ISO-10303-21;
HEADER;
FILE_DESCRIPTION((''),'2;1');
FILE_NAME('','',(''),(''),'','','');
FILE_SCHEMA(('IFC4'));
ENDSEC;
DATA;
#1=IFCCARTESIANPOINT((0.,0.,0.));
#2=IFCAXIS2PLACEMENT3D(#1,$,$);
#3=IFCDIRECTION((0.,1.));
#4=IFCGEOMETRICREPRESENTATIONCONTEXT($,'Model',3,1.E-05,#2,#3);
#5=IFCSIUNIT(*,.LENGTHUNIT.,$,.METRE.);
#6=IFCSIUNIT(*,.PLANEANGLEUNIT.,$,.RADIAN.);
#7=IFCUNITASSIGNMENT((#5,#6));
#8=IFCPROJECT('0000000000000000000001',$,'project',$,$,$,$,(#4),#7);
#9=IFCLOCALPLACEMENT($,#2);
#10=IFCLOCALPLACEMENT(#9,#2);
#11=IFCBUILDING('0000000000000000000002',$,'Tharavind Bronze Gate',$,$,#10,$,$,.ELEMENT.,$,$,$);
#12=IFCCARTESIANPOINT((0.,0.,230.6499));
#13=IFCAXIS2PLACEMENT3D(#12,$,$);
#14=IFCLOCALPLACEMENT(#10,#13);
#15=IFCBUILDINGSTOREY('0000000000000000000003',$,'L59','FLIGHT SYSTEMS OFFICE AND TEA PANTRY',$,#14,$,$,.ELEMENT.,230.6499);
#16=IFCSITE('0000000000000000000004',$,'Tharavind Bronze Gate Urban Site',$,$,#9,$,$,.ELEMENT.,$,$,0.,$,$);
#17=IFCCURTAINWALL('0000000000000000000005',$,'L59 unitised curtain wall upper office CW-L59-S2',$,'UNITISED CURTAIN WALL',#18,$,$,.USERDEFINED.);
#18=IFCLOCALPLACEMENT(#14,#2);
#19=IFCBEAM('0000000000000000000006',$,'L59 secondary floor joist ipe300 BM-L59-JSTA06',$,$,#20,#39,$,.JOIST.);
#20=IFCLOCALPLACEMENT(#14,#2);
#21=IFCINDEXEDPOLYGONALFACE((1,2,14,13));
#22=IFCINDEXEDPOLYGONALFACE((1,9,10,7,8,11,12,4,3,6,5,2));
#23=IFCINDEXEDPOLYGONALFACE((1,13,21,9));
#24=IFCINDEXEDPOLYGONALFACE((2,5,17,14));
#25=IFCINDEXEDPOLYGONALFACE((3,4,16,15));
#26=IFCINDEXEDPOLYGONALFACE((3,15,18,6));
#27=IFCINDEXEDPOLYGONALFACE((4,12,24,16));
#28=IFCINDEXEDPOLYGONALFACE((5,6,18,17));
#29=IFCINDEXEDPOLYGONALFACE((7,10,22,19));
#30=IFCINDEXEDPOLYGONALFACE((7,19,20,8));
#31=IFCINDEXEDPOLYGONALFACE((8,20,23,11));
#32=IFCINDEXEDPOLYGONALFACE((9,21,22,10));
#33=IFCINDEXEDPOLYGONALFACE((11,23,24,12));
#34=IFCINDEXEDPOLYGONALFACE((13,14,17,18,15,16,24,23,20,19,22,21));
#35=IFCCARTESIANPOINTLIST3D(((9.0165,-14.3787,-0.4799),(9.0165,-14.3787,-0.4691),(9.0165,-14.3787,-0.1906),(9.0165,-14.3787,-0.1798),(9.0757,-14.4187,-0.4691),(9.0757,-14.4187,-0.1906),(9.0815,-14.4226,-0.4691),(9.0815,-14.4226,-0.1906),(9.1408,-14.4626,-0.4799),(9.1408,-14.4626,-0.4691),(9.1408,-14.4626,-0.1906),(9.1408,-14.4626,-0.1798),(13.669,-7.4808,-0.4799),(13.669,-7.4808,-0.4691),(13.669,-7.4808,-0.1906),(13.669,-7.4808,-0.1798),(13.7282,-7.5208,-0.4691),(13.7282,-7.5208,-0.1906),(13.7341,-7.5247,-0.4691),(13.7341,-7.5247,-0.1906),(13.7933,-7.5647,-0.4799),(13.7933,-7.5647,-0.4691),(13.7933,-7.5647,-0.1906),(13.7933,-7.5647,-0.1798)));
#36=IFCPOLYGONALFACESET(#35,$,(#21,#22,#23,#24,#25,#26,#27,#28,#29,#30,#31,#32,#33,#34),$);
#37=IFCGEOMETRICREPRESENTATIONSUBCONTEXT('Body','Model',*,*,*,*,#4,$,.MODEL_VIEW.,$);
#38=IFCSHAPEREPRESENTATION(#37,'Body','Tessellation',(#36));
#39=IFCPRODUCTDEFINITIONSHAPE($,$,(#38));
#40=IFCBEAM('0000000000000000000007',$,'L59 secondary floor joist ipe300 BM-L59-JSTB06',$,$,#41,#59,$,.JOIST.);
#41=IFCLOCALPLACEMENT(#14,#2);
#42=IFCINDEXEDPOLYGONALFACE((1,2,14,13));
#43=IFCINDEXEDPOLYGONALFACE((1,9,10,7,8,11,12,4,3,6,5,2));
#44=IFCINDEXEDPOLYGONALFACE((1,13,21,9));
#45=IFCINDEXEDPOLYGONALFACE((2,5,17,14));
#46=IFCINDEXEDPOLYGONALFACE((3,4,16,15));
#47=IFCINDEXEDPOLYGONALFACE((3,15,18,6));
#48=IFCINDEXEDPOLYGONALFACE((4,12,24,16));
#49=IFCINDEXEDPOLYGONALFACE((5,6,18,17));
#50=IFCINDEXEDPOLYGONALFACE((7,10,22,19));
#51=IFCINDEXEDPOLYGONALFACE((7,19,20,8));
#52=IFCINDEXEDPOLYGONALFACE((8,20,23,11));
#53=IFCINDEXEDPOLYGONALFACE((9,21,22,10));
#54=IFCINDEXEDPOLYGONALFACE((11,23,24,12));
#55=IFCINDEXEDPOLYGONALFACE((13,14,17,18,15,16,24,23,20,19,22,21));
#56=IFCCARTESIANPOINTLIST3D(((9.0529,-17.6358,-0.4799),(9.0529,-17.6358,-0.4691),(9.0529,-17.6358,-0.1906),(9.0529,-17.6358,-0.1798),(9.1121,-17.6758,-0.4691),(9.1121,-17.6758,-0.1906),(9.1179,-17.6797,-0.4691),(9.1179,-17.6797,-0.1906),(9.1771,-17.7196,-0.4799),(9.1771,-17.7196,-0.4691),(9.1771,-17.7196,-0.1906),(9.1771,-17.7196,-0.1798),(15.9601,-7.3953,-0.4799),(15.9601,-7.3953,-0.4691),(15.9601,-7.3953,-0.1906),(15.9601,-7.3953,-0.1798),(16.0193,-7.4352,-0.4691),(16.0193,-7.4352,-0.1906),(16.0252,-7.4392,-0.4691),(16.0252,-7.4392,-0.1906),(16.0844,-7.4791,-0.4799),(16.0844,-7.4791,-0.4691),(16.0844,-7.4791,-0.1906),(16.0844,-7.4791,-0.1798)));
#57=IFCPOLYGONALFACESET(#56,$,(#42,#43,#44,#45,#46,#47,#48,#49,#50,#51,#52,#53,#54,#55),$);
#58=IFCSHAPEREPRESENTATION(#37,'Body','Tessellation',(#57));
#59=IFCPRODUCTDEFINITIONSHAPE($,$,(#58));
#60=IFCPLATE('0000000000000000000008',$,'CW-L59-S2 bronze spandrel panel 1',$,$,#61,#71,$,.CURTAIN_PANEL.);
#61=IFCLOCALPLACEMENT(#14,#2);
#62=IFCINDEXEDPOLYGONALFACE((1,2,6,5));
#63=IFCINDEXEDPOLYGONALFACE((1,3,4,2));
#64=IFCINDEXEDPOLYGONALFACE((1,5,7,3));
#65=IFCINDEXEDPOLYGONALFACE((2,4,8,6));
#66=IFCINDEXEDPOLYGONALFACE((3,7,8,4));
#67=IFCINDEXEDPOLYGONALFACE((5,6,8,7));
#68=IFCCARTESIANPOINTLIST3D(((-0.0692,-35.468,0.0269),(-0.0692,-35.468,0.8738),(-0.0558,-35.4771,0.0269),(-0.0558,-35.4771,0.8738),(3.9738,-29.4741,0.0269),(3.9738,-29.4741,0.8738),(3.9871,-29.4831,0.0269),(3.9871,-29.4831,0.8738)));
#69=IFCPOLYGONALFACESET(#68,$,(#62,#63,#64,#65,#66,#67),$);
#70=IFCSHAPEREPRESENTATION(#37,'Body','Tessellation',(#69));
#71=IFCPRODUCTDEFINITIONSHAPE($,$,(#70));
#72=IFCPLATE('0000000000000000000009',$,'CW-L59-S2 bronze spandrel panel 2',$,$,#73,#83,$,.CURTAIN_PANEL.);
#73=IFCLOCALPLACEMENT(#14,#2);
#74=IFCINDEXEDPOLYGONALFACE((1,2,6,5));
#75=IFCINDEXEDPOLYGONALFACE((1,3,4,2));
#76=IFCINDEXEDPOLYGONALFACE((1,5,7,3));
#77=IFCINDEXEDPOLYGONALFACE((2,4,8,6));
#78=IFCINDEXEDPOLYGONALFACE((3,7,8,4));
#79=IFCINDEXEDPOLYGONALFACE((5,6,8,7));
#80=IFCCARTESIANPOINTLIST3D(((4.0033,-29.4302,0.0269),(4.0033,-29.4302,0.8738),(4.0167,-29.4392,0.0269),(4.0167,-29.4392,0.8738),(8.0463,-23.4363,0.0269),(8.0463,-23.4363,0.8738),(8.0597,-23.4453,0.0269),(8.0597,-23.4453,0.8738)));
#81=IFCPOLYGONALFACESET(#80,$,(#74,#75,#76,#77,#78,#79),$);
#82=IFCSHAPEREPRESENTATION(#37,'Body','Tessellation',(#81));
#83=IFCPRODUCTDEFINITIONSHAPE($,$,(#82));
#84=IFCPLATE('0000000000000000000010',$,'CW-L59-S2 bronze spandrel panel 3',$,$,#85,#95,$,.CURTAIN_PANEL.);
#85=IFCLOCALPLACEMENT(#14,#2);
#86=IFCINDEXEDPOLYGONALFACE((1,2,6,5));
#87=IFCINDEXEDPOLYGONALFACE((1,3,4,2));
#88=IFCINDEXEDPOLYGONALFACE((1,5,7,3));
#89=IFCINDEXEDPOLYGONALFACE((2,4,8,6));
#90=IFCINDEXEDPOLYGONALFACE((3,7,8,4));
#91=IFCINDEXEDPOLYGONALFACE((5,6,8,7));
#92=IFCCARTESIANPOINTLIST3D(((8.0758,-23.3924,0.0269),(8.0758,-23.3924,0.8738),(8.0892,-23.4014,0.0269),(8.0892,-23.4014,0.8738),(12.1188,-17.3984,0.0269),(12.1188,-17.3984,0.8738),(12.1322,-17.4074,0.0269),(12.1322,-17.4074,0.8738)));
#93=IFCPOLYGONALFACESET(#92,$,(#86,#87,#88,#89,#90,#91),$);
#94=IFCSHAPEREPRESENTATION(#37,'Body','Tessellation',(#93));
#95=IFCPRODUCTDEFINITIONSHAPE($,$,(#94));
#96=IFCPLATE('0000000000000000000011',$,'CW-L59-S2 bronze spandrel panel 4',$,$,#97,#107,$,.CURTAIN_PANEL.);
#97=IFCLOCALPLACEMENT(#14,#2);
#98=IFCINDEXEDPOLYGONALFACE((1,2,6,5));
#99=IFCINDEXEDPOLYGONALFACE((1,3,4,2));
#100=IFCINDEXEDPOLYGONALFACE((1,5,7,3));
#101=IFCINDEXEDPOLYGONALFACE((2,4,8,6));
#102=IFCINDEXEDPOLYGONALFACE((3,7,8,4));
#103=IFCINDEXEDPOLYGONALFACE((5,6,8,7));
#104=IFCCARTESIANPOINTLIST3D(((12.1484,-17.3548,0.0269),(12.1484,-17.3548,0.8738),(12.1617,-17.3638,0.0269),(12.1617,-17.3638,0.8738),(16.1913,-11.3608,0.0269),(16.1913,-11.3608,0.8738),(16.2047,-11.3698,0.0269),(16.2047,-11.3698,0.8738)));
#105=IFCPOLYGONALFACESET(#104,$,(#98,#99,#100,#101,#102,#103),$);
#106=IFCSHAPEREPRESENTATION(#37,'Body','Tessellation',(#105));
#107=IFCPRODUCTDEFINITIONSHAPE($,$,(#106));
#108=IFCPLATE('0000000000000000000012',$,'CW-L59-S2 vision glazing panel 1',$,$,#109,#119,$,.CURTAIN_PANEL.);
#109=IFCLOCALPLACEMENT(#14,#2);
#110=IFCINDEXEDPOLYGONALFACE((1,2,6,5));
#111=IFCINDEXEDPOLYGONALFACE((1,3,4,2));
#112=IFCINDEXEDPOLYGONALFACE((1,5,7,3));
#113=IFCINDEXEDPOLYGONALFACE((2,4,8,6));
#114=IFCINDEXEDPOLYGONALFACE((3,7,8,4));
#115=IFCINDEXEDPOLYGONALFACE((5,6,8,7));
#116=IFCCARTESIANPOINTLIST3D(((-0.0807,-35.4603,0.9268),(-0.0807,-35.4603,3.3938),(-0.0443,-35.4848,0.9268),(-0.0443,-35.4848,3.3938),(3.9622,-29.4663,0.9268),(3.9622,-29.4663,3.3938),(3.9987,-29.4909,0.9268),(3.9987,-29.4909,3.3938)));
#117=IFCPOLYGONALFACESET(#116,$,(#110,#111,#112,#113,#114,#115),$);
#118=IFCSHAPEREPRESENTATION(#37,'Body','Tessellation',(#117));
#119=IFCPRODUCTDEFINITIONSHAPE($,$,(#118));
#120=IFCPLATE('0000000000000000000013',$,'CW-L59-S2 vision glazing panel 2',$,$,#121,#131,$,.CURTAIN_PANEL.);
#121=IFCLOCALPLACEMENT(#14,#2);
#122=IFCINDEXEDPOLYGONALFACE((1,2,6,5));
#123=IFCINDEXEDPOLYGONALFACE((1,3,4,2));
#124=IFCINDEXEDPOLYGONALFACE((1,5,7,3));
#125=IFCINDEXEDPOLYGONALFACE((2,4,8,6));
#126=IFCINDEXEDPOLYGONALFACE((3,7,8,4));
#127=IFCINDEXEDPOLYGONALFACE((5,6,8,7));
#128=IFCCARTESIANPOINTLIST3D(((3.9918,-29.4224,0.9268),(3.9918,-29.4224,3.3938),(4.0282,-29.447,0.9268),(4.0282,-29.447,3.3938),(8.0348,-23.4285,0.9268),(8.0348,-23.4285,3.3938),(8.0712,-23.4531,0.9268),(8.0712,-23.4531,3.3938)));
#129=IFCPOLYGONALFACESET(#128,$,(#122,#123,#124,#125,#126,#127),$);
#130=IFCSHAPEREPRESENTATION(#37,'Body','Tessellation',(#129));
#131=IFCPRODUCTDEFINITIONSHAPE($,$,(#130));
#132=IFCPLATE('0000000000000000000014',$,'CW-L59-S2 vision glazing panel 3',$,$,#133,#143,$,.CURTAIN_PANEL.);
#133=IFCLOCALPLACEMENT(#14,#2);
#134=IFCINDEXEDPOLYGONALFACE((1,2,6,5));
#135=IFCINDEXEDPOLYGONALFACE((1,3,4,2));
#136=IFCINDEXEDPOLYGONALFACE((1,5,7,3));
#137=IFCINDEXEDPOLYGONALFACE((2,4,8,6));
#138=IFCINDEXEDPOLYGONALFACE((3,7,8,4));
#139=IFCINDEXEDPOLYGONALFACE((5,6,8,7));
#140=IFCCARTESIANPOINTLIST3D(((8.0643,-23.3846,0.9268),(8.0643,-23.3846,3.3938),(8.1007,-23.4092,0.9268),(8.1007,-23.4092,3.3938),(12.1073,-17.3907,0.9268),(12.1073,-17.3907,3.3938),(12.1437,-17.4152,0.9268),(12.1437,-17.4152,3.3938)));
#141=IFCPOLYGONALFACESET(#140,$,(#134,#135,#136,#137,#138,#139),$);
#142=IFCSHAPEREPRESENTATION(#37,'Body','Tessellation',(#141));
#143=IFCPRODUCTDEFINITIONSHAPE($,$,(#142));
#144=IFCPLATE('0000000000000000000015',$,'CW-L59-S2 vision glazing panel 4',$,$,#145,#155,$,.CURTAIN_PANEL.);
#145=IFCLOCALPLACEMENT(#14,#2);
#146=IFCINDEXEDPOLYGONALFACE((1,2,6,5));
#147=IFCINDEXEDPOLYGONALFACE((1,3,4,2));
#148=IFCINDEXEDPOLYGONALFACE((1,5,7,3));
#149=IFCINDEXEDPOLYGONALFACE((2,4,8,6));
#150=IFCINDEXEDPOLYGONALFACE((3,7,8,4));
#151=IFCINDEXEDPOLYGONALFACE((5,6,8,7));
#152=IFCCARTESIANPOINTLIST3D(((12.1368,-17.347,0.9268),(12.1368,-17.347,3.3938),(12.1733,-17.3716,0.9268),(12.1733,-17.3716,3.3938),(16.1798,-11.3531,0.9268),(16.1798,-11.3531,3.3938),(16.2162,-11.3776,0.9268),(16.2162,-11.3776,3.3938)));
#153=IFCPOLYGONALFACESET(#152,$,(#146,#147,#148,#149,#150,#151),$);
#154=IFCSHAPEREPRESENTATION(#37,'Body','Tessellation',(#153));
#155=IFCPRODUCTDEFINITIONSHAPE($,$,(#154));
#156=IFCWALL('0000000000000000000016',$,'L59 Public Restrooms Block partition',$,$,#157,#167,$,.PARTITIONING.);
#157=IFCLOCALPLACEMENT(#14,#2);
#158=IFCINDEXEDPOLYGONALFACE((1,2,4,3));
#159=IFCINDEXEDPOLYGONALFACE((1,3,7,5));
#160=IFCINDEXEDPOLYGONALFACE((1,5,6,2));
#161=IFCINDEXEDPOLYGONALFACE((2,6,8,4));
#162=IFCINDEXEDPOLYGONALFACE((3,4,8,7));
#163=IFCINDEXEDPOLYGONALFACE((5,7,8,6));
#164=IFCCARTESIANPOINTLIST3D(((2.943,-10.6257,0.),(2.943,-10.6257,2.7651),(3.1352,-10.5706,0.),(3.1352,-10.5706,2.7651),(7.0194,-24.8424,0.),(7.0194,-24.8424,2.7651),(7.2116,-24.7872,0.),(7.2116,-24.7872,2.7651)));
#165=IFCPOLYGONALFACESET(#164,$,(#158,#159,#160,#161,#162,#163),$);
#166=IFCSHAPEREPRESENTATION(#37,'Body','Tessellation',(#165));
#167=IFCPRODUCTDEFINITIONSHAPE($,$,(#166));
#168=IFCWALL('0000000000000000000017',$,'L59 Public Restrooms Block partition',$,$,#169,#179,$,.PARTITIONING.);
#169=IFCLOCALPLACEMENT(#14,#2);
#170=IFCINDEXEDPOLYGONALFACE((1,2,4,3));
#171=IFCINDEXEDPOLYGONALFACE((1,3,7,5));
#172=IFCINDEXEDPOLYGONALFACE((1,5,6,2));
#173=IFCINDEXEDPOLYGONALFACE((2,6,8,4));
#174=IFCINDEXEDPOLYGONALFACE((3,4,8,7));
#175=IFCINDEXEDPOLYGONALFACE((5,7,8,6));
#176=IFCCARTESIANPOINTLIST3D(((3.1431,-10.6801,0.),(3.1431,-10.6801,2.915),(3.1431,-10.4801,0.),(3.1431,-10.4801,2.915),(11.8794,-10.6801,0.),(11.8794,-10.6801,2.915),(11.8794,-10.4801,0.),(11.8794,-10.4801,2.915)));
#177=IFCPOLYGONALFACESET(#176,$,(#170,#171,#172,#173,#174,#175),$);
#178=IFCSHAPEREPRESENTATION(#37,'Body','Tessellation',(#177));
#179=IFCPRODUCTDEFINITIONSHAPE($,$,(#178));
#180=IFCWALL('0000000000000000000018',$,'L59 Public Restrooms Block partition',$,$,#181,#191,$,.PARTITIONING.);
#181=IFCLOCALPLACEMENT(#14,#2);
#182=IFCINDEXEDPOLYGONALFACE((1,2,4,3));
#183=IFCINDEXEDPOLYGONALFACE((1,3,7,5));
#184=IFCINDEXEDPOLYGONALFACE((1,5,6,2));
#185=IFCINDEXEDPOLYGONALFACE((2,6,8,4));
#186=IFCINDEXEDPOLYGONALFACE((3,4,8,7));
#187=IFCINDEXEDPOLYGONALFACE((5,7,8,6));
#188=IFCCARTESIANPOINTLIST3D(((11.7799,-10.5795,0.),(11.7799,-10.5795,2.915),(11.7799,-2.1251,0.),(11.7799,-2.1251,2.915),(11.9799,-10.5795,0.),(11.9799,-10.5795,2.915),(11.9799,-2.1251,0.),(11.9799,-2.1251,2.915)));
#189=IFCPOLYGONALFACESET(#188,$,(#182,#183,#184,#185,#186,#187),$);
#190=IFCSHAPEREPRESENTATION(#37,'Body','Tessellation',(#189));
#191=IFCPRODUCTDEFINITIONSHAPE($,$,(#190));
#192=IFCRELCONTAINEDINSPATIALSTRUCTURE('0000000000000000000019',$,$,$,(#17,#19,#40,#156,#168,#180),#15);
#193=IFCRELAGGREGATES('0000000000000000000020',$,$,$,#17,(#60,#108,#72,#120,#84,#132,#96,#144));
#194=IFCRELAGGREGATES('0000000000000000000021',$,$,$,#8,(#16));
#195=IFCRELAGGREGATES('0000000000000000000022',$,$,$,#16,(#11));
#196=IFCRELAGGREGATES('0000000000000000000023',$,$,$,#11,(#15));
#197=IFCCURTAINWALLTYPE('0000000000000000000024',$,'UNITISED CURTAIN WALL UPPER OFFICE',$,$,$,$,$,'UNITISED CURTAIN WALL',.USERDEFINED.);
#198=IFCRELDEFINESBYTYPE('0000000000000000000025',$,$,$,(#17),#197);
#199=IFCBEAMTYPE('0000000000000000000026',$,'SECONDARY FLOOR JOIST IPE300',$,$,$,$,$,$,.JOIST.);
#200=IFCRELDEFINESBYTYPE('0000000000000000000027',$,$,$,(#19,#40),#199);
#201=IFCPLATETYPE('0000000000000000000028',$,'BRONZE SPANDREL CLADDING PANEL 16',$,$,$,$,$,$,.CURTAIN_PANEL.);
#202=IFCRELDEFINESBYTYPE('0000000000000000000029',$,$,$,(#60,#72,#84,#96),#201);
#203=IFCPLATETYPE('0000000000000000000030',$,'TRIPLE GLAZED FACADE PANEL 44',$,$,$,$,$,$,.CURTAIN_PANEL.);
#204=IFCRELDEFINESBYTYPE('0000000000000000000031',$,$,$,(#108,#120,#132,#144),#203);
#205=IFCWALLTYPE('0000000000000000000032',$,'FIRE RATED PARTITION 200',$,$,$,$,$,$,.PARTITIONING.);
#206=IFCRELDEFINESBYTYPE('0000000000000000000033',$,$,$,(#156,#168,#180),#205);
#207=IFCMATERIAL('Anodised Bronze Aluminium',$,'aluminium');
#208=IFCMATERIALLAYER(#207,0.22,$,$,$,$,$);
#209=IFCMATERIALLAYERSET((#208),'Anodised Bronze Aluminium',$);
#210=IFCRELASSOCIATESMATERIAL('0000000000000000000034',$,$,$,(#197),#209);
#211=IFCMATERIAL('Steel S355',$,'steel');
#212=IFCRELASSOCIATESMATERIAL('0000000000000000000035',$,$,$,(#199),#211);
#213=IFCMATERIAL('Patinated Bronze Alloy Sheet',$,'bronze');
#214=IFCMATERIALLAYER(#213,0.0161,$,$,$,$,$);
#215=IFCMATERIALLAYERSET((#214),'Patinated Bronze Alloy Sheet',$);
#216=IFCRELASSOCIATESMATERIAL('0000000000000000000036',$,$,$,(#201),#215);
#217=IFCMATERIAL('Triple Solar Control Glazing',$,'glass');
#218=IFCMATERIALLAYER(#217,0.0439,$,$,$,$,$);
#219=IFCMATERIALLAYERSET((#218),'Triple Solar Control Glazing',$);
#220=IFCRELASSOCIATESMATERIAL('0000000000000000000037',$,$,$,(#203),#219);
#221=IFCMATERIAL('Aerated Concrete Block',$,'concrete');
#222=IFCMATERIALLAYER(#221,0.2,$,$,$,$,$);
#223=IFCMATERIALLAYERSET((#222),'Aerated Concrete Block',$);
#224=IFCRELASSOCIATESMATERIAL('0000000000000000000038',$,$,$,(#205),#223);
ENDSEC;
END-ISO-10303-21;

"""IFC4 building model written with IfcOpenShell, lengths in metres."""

from ifc_helpers import new_model, si_unit, direction, frame, frame_2d, origin, origin_2d, place, context, subcontext, project, spatial, rectangle, i_section, extrude, material, layer, layer_set, material_profile, profile_set, type_object, element, aggregate, save


model = new_model("IFC4")

# Units and contexts
model_context = context("Model", 3, precision=1e-05, world=origin(), true_north=direction((0.0, 1.0)))
body_context = subcontext(model_context, "Body", "Model", "MODEL_VIEW")
ifc_project = project(units=[si_unit("LENGTHUNIT", "METRE"), si_unit("PLANEANGLEUNIT", "RADIAN")], contexts=[model_context])

# Site, building, storey
site_placement = place(None, origin())
site = spatial("IfcSite", under=ifc_project, at=site_placement, Name="Tharavind Bronze Gate Urban Site", CompositionType="ELEMENT", RefElevation=0.0)
building_placement = place(site_placement, origin())
building = spatial("IfcBuilding", under=site, at=building_placement, Name="Tharavind Bronze Gate", CompositionType="ELEMENT")
storey_placement = place(building_placement, frame((0.0, 0.0, 230.6499)))
storey = spatial("IfcBuildingStorey", under=building, at=storey_placement, Name="L59", Description="FLIGHT SYSTEMS OFFICE AND TEA PANTRY", CompositionType="ELEMENT", Elevation=230.6499)

# Curtain wall
ifc_material_1 = material(Name="Anodised Bronze Aluminium", Category="aluminium")
ifc_layer_1 = layer(ifc_material_1, 0.22)
ifc_layer_set_1 = layer_set([ifc_layer_1], Name="Anodised Bronze Aluminium")
curtain_wall_type = type_object("IfcCurtainWallType", Name="UNITISED CURTAIN WALL UPPER OFFICE", ElementType="UNITISED CURTAIN WALL", PredefinedType="USERDEFINED", material=ifc_layer_set_1)
curtain_wall_placement = place(storey_placement, origin())
curtain_wall = element("IfcCurtainWall", 1, at=curtain_wall_placement, inside=storey, type_object=curtain_wall_type, Name="L59 unitised curtain wall upper office CW-L59-S2", ObjectType="UNITISED CURTAIN WALL", PredefinedType="USERDEFINED")

# Beams
ifc_material_2 = material(Name="Steel S355", Category="steel")
ifc_material_profile_1 = material_profile(ifc_material_2, i_section(OverallWidth=0.1499, OverallDepth=0.3, WebThickness=0.0071, FlangeThickness=0.0107, at=origin_2d()), Name="IPE300")
ifc_profile_set_1 = profile_set([ifc_material_profile_1], Name="Steel S355")
beam_type_1 = type_object("IfcBeamType", Name="SECONDARY FLOOR JOIST IPE300", PredefinedType="JOIST", material=ifc_profile_set_1)
beam_1_placement = place(storey_placement, frame((9.0786, -14.4207, -0.3298), z_axis=(0.559182, 0.829045, 0.0), x_axis=(-0.829045, 0.559182, 0.0)))
element("IfcBeam", 2, at=beam_1_placement, inside=storey, type_object=beam_type_1, Name="L59 secondary floor joist ipe300 BM-L59-JSTA06", PredefinedType="JOIST", context=body_context, shape_type="SweptSolid", body=[
    extrude(i_section(OverallWidth=0.1499, OverallDepth=0.3, WebThickness=0.0071, FlangeThickness=0.0107, at=origin_2d()), origin(), (0.0, 0.0, 1.0), 8.3203),
])
beam_2_placement = place(storey_placement, frame((9.115, -17.6777, -0.3298), z_axis=(0.559189, 0.82904, 0.0), x_axis=(-0.82904, 0.559189, 0.0)))
element("IfcBeam", 3, at=beam_2_placement, inside=storey, type_object=beam_type_1, Name="L59 secondary floor joist ipe300 BM-L59-JSTB06", PredefinedType="JOIST", context=body_context, shape_type="SweptSolid", body=[
    extrude(i_section(OverallWidth=0.1499, OverallDepth=0.3, WebThickness=0.0071, FlangeThickness=0.0107, at=origin_2d()), origin(), (0.0, 0.0, 1.0), 12.3523),
])

# Plates
ifc_material_3 = material(Name="Patinated Bronze Alloy Sheet", Category="bronze")
ifc_layer_2 = layer(ifc_material_3, 0.0161)
ifc_layer_set_2 = layer_set([ifc_layer_2], Name="Patinated Bronze Alloy Sheet")
plate_type_1 = type_object("IfcPlateType", Name="BRONZE SPANDREL CLADDING PANEL 16", PredefinedType="CURTAIN_PANEL", material=ifc_layer_set_2)
plate_1_placement = place(storey_placement, frame((1.959, -32.4756, 0.0269), z_axis=(0.0, 0.0, 1.0), x_axis=(0.559193, 0.829038, 0.0)))
plate_1 = element("IfcPlate", 4, at=plate_1_placement, type_object=plate_type_1, Name="CW-L59-S2 bronze spandrel panel 1", PredefinedType="CURTAIN_PANEL", context=body_context, shape_type="SweptSolid", body=[
    extrude(rectangle(XDim=7.23, YDim=0.0161, at=origin_2d()), origin(), (0.0, 0.0, 1.0), 0.8469),
])
plate_2_placement = place(storey_placement, frame((6.0315, -26.4377, 0.0269), z_axis=(0.0, 0.0, 1.0), x_axis=(0.559193, 0.829038, 0.0)))
plate_2 = element("IfcPlate", 5, at=plate_2_placement, type_object=plate_type_1, Name="CW-L59-S2 bronze spandrel panel 2", PredefinedType="CURTAIN_PANEL", context=body_context, shape_type="SweptSolid", body=[
    extrude(rectangle(XDim=7.23, YDim=0.0161, at=origin_2d()), origin(), (0.0, 0.0, 1.0), 0.8469),
])
plate_3_placement = place(storey_placement, frame((10.104, -20.3999, 0.0269), z_axis=(0.0, 0.0, 1.0), x_axis=(0.559193, 0.829038, 0.0)))
plate_3 = element("IfcPlate", 6, at=plate_3_placement, type_object=plate_type_1, Name="CW-L59-S2 bronze spandrel panel 3", PredefinedType="CURTAIN_PANEL", context=body_context, shape_type="SweptSolid", body=[
    extrude(rectangle(XDim=7.23, YDim=0.0161, at=origin_2d()), origin(), (0.0, 0.0, 1.0), 0.8469),
])
plate_4_placement = place(storey_placement, frame((14.1765, -14.3623, 0.0269), z_axis=(0.0, 0.0, 1.0), x_axis=(0.559193, 0.829038, 0.0)))
plate_4 = element("IfcPlate", 7, at=plate_4_placement, type_object=plate_type_1, Name="CW-L59-S2 bronze spandrel panel 4", PredefinedType="CURTAIN_PANEL", context=body_context, shape_type="SweptSolid", body=[
    extrude(rectangle(XDim=7.23, YDim=0.0161, at=origin_2d()), origin(), (0.0, 0.0, 1.0), 0.8469),
])
ifc_material_4 = material(Name="Triple Solar Control Glazing", Category="glass")
ifc_layer_3 = layer(ifc_material_4, 0.0439)
ifc_layer_set_3 = layer_set([ifc_layer_3], Name="Triple Solar Control Glazing")
plate_type_2 = type_object("IfcPlateType", Name="TRIPLE GLAZED FACADE PANEL 44", PredefinedType="CURTAIN_PANEL", material=ifc_layer_set_3)
plate_5_placement = place(storey_placement, frame((1.959, -32.4756, 0.9268), z_axis=(0.0, 0.0, 1.0), x_axis=(0.559193, 0.829038, 0.0)))
plate_5 = element("IfcPlate", 8, at=plate_5_placement, type_object=plate_type_2, Name="CW-L59-S2 vision glazing panel 1", PredefinedType="CURTAIN_PANEL", context=body_context, shape_type="SweptSolid", body=[
    extrude(rectangle(XDim=7.23, YDim=0.0439, at=origin_2d()), origin(), (0.0, 0.0, 1.0), 2.467),
])
plate_6_placement = place(storey_placement, frame((6.0315, -26.4377, 0.9268), z_axis=(0.0, 0.0, 1.0), x_axis=(0.559193, 0.829038, 0.0)))
plate_6 = element("IfcPlate", 9, at=plate_6_placement, type_object=plate_type_2, Name="CW-L59-S2 vision glazing panel 2", PredefinedType="CURTAIN_PANEL", context=body_context, shape_type="SweptSolid", body=[
    extrude(rectangle(XDim=7.23, YDim=0.0439, at=origin_2d()), origin(), (0.0, 0.0, 1.0), 2.467),
])
plate_7_placement = place(storey_placement, frame((10.104, -20.3999, 0.9268), z_axis=(0.0, 0.0, 1.0), x_axis=(0.559193, 0.829038, 0.0)))
plate_7 = element("IfcPlate", 10, at=plate_7_placement, type_object=plate_type_2, Name="CW-L59-S2 vision glazing panel 3", PredefinedType="CURTAIN_PANEL", context=body_context, shape_type="SweptSolid", body=[
    extrude(rectangle(XDim=7.23, YDim=0.0439, at=origin_2d()), origin(), (0.0, 0.0, 1.0), 2.467),
])
plate_8_placement = place(storey_placement, frame((14.1765, -14.3623, 0.9268), z_axis=(0.0, 0.0, 1.0), x_axis=(0.559193, 0.829038, 0.0)))
plate_8 = element("IfcPlate", 11, at=plate_8_placement, type_object=plate_type_2, Name="CW-L59-S2 vision glazing panel 4", PredefinedType="CURTAIN_PANEL", context=body_context, shape_type="SweptSolid", body=[
    extrude(rectangle(XDim=7.23, YDim=0.0439, at=origin_2d()), origin(), (0.0, 0.0, 1.0), 2.467),
])
aggregate(curtain_wall, [plate_1, plate_5, plate_2, plate_6, plate_3, plate_7, plate_4, plate_8])

# Walls
ifc_material_5 = material(Name="Aerated Concrete Block", Category="concrete")
ifc_layer_4 = layer(ifc_material_5, 0.2)
ifc_layer_set_4 = layer_set([ifc_layer_4], Name="Aerated Concrete Block")
wall_type_1 = type_object("IfcWallType", Name="FIRE RATED PARTITION 200", PredefinedType="PARTITIONING", material=ifc_layer_set_4)
wall_1_placement = place(storey_placement, frame((3.0391, -10.5981, 0.0), z_axis=(0.0, 0.0, 1.0), x_axis=(0.27563, -0.961264, 0.0)))
element("IfcWall", 12, at=wall_1_placement, inside=storey, type_object=wall_type_1, Name="L59 Public Restrooms Block partition", PredefinedType="PARTITIONING", context=body_context, shape_type="SweptSolid", body=[
    extrude(rectangle(XDim=14.7896, YDim=0.2, at=frame_2d((7.3948, 0.0))), origin(), (0.0, 0.0, 1.0), 2.7651),
])
wall_2_placement = place(storey_placement, frame((3.1431, -10.5801, 0.0), z_axis=(0.0, 0.0, 1.0), x_axis=(1.0, 0.0, 0.0)))
element("IfcWall", 13, at=wall_2_placement, inside=storey, type_object=wall_type_1, Name="L59 Public Restrooms Block partition", PredefinedType="PARTITIONING", context=body_context, shape_type="SweptSolid", body=[
    extrude(rectangle(XDim=8.7363, YDim=0.2, at=frame_2d((4.3682, 0.0))), origin(), (0.0, 0.0, 1.0), 2.915),
])
wall_3_placement = place(storey_placement, frame((11.8799, -10.5793, 0.0), z_axis=(0.0, 0.0, 1.0), x_axis=(0.0, 1.0, 0.0)))
element("IfcWall", 14, at=wall_3_placement, inside=storey, type_object=wall_type_1, Name="L59 Public Restrooms Block partition", PredefinedType="PARTITIONING", context=body_context, shape_type="SweptSolid", body=[
    extrude(rectangle(XDim=8.4543, YDim=0.2, at=frame_2d((4.2271, 0.0))), origin(), (0.0, 0.0, 1.0), 2.915),
])

save(model, "model.ifc")
